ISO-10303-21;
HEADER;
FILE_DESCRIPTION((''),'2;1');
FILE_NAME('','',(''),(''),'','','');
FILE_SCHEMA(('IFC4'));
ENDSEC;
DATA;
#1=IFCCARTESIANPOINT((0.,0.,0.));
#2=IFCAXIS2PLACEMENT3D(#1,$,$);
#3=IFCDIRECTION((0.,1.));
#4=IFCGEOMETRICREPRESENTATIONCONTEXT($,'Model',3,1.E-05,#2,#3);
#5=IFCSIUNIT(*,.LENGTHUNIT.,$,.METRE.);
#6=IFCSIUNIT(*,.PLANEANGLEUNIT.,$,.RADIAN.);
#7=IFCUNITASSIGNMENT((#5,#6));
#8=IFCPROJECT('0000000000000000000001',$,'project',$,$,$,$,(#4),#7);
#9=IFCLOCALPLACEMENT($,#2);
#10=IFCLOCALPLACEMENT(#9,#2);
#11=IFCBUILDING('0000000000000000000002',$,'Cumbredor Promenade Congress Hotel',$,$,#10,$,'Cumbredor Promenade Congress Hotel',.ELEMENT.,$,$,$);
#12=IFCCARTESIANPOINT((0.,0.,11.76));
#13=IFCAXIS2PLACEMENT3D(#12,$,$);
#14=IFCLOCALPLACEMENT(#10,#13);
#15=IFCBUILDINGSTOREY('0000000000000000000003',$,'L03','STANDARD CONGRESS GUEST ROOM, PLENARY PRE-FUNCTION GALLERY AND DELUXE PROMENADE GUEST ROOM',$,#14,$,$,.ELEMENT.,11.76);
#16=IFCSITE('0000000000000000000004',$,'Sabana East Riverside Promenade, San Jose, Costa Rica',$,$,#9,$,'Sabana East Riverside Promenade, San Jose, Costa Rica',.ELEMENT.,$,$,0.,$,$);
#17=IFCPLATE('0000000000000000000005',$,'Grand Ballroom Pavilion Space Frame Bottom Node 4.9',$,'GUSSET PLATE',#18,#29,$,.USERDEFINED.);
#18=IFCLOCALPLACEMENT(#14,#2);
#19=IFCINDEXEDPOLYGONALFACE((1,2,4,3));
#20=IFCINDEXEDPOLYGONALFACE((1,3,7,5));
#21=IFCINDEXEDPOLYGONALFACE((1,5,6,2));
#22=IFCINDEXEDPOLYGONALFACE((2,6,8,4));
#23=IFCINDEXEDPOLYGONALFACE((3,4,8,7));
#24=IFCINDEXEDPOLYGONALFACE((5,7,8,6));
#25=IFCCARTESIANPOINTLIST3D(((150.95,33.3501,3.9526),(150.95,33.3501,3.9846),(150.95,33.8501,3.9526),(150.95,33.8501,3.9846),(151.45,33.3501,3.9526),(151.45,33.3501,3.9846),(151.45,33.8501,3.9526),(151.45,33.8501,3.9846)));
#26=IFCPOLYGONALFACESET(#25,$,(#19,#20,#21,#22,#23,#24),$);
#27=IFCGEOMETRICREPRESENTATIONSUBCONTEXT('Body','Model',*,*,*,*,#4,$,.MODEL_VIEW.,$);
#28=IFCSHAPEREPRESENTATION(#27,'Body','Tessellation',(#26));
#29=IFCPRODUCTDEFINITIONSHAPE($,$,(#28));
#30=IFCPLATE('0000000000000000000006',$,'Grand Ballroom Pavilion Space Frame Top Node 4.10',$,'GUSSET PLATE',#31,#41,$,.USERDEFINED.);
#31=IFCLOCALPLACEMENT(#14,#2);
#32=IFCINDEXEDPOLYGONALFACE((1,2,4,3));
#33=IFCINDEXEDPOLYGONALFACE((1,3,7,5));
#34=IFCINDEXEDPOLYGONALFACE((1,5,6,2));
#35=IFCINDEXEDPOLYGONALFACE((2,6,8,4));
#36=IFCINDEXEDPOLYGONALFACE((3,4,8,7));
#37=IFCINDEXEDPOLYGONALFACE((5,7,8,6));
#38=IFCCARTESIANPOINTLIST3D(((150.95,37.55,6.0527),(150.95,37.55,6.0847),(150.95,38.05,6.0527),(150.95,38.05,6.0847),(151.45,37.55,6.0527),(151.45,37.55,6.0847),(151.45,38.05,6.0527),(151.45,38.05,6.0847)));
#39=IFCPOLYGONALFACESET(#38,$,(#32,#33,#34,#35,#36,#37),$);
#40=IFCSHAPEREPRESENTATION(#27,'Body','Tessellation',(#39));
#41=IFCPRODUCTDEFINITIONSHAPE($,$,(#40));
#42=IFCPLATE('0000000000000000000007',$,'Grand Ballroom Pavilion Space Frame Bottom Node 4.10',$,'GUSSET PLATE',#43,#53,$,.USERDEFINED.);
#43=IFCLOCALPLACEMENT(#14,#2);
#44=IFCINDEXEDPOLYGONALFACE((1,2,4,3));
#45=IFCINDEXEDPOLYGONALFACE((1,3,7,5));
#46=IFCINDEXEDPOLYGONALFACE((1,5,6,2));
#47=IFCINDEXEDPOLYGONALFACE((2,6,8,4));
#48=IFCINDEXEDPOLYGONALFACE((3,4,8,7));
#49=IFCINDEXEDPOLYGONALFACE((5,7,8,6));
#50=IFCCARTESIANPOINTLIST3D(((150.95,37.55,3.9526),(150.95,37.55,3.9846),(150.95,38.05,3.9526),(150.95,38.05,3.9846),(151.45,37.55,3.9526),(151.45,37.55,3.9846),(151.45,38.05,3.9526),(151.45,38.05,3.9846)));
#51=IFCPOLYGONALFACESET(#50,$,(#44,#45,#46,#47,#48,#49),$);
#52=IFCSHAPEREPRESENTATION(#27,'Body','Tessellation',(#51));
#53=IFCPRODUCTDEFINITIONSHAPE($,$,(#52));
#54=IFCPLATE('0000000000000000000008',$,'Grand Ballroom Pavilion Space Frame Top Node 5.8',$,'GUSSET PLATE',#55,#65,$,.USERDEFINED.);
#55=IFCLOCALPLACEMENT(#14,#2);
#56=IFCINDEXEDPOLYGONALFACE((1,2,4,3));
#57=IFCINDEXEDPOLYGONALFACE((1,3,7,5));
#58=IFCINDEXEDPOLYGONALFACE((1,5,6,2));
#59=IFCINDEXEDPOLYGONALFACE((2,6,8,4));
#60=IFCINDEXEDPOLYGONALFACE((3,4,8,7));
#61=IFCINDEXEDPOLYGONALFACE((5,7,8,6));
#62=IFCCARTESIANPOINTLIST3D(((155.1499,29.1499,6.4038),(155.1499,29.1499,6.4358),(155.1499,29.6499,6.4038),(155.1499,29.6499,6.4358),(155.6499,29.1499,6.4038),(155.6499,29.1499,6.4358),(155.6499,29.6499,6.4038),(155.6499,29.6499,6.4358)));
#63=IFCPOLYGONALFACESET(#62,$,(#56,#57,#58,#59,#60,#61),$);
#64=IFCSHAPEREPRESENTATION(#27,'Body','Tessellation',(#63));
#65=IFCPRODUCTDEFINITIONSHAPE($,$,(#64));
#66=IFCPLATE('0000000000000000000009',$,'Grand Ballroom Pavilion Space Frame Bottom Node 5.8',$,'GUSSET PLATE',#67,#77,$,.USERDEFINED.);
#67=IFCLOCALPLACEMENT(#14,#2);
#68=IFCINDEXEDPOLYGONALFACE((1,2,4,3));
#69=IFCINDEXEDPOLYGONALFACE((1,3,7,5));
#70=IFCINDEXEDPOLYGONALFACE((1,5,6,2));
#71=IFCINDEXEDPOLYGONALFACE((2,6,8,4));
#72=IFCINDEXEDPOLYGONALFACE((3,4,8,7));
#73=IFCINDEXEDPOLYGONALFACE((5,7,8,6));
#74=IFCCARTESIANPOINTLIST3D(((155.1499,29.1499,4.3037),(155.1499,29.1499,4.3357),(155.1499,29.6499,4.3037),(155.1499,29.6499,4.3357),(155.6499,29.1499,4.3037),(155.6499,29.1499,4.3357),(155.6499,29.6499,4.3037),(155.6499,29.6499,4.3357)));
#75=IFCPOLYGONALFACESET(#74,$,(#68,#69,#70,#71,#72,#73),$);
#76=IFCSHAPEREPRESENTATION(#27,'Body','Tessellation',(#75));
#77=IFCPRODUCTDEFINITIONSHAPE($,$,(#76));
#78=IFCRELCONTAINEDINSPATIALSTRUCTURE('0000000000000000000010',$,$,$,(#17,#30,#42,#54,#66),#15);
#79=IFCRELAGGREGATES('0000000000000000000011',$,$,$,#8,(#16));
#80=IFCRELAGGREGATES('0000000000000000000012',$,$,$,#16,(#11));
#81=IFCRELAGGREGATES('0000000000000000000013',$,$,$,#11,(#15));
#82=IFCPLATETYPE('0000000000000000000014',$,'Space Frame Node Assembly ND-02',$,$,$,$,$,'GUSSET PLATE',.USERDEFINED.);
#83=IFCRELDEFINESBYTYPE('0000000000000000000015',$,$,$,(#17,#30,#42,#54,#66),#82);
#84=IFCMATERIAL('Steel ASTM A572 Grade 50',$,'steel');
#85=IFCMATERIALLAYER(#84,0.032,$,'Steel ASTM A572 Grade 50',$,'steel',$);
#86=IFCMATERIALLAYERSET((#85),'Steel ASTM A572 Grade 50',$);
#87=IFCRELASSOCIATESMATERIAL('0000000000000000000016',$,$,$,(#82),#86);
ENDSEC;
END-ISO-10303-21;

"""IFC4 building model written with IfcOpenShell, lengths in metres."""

from ifc_helpers import new_model, si_unit, direction, frame, origin, origin_2d, place, context, subcontext, project, spatial, rectangle, extrude, material, layer, layer_set, type_object, element, save


model = new_model("IFC4")

# Units and contexts
model_context = context("Model", 3, precision=1e-05, world=origin(), true_north=direction((0.0, 1.0)))
body_context = subcontext(model_context, "Body", "Model", "MODEL_VIEW")
ifc_project = project(units=[si_unit("LENGTHUNIT", "METRE"), si_unit("PLANEANGLEUNIT", "RADIAN")], contexts=[model_context])

# Site, building, storey
site_placement = place(None, origin())
site = spatial("IfcSite", under=ifc_project, at=site_placement, Name="Sabana East Riverside Promenade, San Jose, Costa Rica", LongName="Sabana East Riverside Promenade, San Jose, Costa Rica", CompositionType="ELEMENT", RefElevation=0.0)
building_placement = place(site_placement, origin())
building = spatial("IfcBuilding", under=site, at=building_placement, Name="Cumbredor Promenade Congress Hotel", LongName="Cumbredor Promenade Congress Hotel", CompositionType="ELEMENT")
storey_placement = place(building_placement, frame((0.0, 0.0, 11.76)))
storey = spatial("IfcBuildingStorey", under=building, at=storey_placement, Name="L03", Description="STANDARD CONGRESS GUEST ROOM, PLENARY PRE-FUNCTION GALLERY AND DELUXE PROMENADE GUEST ROOM", CompositionType="ELEMENT", Elevation=11.76)

# Plates
ifc_material_1 = material(Name="Steel ASTM A572 Grade 50", Category="steel")
ifc_layer = layer(ifc_material_1, 0.032, Name="Steel ASTM A572 Grade 50", Category="steel")
ifc_layer_set = layer_set([ifc_layer], Name="Steel ASTM A572 Grade 50")
plate_type = type_object("IfcPlateType", Name="Space Frame Node Assembly ND-02", ElementType="GUSSET PLATE", PredefinedType="USERDEFINED", material=ifc_layer_set)
for number, where, z_axis, x_axis, name in (
    (1, (151.2, 33.6001, 3.9526), (0.0, 0.0, 1.0), (1.0, 0.0, 0.0), "Grand Ballroom Pavilion Space Frame Bottom Node 4.9"),
    (2, (151.2, 37.8, 6.0527), (0.0, 0.0, 1.0), (1.0, 0.0, 0.0), "Grand Ballroom Pavilion Space Frame Top Node 4.10"),
    (3, (151.2, 37.8, 3.9526), (0.0, 0.0, 1.0), (1.0, 0.0, 0.0), "Grand Ballroom Pavilion Space Frame Bottom Node 4.10"),
    (4, (155.3999, 29.3999, 6.4038), (0.0, 0.0, 1.0), (1.0, 0.0, 0.0), "Grand Ballroom Pavilion Space Frame Top Node 5.8"),
    (5, (155.3999, 29.3999, 4.3037), (0.0, 0.0, 1.0), (1.0, 0.0, 0.0), "Grand Ballroom Pavilion Space Frame Bottom Node 5.8"),
):
    element("IfcPlate", number, at=place(storey_placement, frame(where, z_axis=z_axis, x_axis=x_axis)), inside=storey, type_object=plate_type, Name=name, ObjectType="GUSSET PLATE", PredefinedType="USERDEFINED", context=body_context, shape_type="SweptSolid", body=[
        extrude(rectangle(XDim=0.5, YDim=0.5, at=origin_2d()), origin(), (0.0, 0.0, 1.0), 0.032),
    ])

save(model, "model.ifc")
